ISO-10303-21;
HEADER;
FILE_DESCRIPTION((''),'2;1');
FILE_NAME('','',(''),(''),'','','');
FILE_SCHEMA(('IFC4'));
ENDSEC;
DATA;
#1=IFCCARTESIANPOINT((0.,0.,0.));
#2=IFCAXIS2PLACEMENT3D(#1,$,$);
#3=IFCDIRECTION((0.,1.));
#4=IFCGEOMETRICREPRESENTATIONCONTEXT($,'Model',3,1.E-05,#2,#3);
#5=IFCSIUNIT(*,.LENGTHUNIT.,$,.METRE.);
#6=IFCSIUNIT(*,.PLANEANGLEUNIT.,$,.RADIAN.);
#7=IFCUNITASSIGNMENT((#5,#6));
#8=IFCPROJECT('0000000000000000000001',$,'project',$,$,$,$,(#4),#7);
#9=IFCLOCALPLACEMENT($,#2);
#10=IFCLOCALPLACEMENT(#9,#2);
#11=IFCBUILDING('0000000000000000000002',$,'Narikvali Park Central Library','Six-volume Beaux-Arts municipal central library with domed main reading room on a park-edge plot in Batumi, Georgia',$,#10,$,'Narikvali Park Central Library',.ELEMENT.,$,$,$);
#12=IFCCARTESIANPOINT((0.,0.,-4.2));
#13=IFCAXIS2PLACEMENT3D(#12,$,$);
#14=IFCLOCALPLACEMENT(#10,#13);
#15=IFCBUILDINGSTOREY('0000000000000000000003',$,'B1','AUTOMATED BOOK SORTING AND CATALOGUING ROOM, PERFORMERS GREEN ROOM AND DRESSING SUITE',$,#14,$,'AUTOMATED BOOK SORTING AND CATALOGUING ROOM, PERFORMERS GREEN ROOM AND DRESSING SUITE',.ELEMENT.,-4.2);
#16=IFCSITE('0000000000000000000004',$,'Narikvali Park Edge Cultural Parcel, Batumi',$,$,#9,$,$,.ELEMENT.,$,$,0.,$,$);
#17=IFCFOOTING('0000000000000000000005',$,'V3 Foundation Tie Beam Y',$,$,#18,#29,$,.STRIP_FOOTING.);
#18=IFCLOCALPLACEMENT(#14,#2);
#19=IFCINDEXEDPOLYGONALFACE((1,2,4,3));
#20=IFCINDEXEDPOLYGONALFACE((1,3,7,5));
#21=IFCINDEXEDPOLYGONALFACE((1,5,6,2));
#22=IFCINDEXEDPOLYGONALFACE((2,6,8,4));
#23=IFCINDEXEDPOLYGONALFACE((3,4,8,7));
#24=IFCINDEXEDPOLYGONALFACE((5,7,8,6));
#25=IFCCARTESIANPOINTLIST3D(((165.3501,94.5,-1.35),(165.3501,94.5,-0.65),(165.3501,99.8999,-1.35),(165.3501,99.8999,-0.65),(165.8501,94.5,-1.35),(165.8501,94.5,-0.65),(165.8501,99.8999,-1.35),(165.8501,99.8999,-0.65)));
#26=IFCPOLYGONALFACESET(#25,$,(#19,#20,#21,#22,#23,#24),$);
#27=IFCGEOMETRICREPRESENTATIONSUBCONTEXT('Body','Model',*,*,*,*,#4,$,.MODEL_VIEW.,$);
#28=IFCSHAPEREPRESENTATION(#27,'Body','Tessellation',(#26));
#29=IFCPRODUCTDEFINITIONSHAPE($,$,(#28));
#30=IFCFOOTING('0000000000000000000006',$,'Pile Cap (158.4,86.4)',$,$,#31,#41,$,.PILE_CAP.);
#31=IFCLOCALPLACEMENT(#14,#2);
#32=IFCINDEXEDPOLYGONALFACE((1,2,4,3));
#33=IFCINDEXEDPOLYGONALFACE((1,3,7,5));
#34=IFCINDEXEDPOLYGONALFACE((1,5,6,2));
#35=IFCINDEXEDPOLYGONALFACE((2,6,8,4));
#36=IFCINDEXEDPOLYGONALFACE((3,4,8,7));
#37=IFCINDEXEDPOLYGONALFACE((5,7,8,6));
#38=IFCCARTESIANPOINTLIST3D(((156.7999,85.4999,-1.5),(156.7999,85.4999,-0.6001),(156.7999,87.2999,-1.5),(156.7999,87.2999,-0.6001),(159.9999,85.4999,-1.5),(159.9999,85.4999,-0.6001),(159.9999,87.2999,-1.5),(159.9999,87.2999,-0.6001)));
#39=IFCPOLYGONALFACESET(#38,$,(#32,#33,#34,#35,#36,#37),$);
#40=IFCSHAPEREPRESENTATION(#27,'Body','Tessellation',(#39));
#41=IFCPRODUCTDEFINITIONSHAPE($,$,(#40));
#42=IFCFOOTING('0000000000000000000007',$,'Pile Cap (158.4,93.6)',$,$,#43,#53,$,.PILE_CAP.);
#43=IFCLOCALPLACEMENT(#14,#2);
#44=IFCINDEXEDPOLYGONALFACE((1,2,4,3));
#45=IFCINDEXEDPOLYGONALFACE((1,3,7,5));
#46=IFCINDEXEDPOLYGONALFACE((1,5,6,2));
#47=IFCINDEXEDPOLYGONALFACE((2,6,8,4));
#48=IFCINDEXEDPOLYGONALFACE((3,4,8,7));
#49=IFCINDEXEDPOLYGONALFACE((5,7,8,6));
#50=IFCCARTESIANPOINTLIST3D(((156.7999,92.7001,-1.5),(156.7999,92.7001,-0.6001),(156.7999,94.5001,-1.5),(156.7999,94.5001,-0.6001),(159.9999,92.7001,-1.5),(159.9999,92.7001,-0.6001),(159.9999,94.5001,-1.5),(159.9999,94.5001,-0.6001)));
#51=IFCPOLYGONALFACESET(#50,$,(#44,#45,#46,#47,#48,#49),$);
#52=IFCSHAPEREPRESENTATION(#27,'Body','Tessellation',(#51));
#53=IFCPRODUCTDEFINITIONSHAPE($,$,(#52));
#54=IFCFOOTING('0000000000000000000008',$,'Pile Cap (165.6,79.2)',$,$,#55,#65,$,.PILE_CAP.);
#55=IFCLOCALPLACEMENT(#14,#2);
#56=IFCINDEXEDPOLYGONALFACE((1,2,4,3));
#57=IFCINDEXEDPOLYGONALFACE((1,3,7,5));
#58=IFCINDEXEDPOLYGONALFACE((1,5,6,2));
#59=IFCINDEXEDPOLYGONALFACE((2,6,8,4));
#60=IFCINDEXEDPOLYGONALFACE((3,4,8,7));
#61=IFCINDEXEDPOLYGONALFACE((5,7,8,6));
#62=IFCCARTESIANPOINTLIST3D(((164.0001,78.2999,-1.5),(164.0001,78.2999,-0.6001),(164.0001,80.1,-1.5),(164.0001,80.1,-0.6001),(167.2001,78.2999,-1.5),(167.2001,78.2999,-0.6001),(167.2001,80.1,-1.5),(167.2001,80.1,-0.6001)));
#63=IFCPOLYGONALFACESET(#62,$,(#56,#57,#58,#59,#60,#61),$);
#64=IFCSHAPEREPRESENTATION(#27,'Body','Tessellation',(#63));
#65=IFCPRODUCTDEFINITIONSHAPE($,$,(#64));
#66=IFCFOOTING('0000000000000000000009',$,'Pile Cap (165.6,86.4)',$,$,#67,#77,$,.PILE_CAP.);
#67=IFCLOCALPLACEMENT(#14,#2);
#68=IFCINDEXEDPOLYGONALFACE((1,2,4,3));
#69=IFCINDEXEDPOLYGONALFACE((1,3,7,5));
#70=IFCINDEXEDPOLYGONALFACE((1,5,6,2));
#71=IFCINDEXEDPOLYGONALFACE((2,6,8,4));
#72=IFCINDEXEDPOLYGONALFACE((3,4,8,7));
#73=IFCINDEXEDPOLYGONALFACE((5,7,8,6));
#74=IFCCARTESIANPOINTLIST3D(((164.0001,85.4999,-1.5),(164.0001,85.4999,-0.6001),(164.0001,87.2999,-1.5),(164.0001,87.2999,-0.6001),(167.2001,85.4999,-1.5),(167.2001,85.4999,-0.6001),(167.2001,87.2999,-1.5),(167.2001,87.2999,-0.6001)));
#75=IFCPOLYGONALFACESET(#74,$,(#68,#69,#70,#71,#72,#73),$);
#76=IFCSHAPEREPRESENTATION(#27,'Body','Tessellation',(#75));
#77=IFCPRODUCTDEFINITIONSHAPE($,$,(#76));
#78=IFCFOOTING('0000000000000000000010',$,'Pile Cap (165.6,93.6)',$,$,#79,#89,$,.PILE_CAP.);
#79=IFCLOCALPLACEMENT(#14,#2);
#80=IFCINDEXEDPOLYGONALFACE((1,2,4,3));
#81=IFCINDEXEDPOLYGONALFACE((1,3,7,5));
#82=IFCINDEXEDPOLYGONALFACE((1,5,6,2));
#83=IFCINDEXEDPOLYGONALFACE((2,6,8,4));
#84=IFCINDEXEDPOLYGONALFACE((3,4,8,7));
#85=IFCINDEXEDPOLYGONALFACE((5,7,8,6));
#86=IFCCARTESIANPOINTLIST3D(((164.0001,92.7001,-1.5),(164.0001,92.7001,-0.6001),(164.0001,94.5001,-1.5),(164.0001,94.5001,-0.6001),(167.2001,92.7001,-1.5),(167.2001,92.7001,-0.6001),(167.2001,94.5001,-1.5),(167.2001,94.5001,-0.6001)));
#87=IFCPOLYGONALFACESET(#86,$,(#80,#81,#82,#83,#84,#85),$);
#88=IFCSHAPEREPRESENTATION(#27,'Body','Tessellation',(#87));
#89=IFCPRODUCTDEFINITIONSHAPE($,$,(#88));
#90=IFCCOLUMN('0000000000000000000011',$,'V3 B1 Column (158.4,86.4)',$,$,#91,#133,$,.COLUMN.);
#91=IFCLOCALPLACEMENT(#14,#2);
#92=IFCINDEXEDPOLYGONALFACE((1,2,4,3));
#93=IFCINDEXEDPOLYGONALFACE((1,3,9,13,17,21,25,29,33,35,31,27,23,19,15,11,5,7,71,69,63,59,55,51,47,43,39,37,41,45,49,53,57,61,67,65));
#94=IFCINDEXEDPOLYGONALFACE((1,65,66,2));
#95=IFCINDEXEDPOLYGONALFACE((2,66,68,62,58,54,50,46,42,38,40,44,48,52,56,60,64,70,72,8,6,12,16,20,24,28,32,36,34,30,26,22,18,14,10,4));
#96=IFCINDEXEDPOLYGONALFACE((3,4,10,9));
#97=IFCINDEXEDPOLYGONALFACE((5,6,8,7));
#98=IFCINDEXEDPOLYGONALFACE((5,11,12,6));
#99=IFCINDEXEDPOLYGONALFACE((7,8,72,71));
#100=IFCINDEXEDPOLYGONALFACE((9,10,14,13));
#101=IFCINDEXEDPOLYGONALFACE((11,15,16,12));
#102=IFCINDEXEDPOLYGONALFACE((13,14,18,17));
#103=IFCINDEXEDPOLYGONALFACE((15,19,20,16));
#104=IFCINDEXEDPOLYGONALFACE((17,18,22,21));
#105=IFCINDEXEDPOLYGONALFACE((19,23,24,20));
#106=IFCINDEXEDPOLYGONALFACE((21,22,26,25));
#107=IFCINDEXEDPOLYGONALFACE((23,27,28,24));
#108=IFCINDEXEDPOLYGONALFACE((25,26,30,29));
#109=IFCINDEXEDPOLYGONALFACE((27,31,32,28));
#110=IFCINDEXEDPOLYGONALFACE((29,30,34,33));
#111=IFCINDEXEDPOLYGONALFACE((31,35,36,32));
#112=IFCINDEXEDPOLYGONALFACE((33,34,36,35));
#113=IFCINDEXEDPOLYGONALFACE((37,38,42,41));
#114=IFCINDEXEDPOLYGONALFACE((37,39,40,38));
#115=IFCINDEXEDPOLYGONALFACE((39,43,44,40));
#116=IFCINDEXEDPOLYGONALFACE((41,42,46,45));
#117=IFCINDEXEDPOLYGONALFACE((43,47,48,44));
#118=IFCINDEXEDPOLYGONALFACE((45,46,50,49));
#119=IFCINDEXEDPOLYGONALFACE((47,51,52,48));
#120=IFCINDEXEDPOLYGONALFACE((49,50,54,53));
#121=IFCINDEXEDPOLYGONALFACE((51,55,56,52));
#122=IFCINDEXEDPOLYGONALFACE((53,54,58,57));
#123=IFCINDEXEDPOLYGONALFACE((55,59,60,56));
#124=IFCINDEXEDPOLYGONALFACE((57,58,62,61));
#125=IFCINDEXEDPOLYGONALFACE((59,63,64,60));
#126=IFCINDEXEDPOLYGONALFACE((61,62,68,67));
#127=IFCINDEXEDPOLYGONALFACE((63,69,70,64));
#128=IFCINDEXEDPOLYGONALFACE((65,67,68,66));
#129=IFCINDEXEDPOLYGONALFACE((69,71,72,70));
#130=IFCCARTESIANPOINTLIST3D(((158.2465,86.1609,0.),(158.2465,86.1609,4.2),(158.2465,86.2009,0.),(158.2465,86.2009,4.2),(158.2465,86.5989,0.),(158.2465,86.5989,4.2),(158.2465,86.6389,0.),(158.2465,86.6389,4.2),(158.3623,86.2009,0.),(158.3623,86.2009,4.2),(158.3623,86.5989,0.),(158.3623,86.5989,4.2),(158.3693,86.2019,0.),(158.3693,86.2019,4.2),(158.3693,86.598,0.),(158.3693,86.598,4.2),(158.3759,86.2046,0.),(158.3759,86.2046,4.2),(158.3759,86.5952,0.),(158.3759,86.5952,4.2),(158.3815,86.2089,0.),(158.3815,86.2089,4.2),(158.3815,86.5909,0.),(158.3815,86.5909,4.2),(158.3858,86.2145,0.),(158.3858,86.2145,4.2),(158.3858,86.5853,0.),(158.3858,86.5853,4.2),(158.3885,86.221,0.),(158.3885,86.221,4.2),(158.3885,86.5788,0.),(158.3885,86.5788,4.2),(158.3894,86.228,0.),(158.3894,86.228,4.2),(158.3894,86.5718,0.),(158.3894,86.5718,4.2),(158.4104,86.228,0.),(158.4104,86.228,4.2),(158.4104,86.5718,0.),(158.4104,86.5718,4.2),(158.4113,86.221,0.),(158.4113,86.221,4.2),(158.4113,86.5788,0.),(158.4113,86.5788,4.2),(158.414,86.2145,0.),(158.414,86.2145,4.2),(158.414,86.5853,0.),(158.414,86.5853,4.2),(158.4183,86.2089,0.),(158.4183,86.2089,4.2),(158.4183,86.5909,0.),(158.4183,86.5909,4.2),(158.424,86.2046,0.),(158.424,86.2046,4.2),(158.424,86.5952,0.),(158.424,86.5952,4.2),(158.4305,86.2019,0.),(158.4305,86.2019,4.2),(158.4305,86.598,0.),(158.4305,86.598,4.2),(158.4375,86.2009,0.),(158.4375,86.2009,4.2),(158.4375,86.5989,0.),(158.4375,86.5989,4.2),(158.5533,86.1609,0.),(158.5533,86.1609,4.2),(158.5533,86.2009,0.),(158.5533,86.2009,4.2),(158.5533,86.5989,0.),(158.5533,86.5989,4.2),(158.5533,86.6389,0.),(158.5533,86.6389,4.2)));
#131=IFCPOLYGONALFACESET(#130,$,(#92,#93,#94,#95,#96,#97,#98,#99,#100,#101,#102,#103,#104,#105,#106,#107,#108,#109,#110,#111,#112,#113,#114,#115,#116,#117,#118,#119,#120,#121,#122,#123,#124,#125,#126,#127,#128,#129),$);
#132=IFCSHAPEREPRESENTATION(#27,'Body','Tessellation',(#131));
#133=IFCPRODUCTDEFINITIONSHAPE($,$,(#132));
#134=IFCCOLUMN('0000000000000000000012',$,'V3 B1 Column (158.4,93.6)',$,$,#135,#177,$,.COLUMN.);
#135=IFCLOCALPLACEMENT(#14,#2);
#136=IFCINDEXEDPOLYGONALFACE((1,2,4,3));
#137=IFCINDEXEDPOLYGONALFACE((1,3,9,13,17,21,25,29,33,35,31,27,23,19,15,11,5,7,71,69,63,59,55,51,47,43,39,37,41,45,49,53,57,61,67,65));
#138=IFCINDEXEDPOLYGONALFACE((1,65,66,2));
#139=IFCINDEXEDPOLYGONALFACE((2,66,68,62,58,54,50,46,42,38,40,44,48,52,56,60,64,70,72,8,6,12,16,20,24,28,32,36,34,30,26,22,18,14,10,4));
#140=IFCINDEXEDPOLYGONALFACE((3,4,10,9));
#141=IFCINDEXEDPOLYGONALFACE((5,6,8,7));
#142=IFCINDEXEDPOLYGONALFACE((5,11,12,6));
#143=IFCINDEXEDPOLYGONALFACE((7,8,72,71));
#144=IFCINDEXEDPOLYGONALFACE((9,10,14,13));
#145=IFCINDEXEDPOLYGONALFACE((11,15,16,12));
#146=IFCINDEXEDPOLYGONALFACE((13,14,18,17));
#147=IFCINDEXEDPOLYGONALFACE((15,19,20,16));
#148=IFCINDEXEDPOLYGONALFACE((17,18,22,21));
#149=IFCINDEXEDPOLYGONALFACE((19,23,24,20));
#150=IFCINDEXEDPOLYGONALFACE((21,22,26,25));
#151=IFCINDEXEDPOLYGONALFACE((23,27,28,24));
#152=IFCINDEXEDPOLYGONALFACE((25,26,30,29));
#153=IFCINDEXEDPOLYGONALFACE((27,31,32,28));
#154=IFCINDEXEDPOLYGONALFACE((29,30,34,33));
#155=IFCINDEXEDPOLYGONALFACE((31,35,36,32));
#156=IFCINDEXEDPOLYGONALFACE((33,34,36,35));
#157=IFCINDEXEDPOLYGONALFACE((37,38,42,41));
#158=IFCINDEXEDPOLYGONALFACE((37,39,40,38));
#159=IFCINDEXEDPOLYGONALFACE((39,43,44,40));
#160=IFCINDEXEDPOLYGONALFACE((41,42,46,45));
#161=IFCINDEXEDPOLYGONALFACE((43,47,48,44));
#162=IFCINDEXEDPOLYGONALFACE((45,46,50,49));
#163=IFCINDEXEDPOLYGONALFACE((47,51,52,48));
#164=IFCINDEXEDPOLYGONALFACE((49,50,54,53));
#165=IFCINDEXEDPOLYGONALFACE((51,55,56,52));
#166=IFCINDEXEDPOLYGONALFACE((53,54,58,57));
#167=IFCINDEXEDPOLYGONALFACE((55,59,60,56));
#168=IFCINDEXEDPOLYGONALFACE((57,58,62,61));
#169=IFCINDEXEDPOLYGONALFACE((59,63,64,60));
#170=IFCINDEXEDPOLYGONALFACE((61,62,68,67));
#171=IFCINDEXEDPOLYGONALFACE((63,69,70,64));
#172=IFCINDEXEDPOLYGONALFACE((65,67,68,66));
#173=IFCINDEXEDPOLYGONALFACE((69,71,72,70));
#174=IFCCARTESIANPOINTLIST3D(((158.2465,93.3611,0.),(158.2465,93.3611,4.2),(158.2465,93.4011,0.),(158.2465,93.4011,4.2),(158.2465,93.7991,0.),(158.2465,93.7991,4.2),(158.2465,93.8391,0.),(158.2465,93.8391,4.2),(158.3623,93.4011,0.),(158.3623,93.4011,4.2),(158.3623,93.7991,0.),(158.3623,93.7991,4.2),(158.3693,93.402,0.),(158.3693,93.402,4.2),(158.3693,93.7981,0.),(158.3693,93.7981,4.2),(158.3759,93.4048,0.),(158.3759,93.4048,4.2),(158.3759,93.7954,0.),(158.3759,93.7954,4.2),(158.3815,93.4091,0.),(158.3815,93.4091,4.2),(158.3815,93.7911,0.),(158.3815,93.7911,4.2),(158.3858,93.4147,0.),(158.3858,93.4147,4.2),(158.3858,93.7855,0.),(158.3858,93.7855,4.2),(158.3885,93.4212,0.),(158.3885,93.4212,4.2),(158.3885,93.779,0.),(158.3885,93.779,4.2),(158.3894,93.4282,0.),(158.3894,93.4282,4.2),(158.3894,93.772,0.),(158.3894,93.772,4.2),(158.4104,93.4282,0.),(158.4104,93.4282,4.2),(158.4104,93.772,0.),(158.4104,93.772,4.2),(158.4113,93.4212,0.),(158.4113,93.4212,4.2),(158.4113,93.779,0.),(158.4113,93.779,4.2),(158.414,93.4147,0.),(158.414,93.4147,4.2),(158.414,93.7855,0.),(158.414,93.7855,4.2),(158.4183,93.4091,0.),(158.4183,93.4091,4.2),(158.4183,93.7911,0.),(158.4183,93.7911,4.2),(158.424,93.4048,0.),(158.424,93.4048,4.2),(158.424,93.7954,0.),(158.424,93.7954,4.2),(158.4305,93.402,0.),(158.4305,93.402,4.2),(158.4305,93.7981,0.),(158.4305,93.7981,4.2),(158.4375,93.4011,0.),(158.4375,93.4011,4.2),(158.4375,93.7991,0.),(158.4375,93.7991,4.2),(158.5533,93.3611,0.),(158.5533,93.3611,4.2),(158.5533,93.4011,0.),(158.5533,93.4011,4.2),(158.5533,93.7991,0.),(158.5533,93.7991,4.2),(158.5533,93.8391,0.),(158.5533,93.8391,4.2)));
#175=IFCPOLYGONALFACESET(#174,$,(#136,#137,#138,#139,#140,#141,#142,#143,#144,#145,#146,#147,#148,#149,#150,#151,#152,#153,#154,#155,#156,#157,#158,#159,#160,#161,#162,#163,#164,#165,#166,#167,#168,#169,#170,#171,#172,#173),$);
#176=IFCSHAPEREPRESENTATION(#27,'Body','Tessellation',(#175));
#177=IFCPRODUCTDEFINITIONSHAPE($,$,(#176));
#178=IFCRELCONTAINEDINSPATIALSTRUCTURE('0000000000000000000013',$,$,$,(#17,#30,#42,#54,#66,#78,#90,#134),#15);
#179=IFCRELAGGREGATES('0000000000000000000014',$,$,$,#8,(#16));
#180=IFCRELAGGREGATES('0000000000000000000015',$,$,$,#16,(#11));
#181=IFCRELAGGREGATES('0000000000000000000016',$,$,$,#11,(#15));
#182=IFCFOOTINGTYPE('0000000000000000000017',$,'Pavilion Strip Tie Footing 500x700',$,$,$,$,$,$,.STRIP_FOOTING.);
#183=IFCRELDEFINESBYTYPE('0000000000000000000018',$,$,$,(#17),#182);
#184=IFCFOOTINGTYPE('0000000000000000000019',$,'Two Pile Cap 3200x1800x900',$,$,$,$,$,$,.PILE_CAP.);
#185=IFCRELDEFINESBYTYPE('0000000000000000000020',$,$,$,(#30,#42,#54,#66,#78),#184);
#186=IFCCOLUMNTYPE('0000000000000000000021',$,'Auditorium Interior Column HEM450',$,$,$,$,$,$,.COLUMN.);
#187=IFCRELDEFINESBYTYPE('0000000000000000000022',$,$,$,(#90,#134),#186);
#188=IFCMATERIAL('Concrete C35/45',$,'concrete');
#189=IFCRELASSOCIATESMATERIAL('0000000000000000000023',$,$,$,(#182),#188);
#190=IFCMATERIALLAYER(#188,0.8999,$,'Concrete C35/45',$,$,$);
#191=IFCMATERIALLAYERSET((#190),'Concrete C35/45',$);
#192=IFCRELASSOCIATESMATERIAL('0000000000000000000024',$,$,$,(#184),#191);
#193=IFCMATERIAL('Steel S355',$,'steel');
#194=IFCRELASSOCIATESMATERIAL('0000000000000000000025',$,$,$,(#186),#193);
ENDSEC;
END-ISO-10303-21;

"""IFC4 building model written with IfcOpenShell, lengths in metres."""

from ifc_helpers import new_model, si_unit, direction, frame, origin, origin_2d, place, context, subcontext, project, spatial, rectangle, i_section, extrude, material, layer, layer_set, material_profile, profile_set, type_object, element, save


model = new_model("IFC4")

# Units and contexts
model_context = context("Model", 3, precision=1e-05, world=origin(), true_north=direction((0.0, 1.0)))
body_context = subcontext(model_context, "Body", "Model", "MODEL_VIEW")
ifc_project = project(units=[si_unit("LENGTHUNIT", "METRE"), si_unit("PLANEANGLEUNIT", "RADIAN")], contexts=[model_context])

# Site, building, storey
site_placement = place(None, origin())
site = spatial("IfcSite", under=ifc_project, at=site_placement, Name="Narikvali Park Edge Cultural Parcel, Batumi", CompositionType="ELEMENT", RefElevation=0.0)
building_placement = place(site_placement, origin())
building = spatial("IfcBuilding", under=site, at=building_placement, Name="Narikvali Park Central Library", Description="Six-volume Beaux-Arts municipal central library with domed main reading room on a park-edge plot in Batumi, Georgia", LongName="Narikvali Park Central Library", CompositionType="ELEMENT")
storey_placement = place(building_placement, frame((0.0, 0.0, -4.2)))
storey = spatial("IfcBuildingStorey", under=building, at=storey_placement, Name="B1", Description="AUTOMATED BOOK SORTING AND CATALOGUING ROOM, PERFORMERS GREEN ROOM AND DRESSING SUITE", LongName="AUTOMATED BOOK SORTING AND CATALOGUING ROOM, PERFORMERS GREEN ROOM AND DRESSING SUITE", CompositionType="ELEMENT", Elevation=-4.2)

# Shared definitions
ifc_material_1 = material(Name="Concrete C35/45", Category="concrete")

# Footings
ifc_material_profile_1 = material_profile(ifc_material_1, rectangle(XDim=0.5, YDim=0.7, at=origin_2d()), Name="RC GB 500x700")
ifc_profile_set_1 = profile_set([ifc_material_profile_1], Name="Concrete C35/45")
footing_type_1 = type_object("IfcFootingType", Name="Pavilion Strip Tie Footing 500x700", PredefinedType="STRIP_FOOTING", material=ifc_profile_set_1)
for number, where, z_axis, x_axis, name in (
    (1, (165.6001, 94.5, -1.0), (0.0, 1.0, 0.0), (-1.0, 0.0, 0.0), "V3 Foundation Tie Beam Y"),
):
    element("IfcFooting", number, at=place(storey_placement, frame(where, z_axis=z_axis, x_axis=x_axis)), inside=storey, type_object=footing_type_1, Name=name, PredefinedType="STRIP_FOOTING", context=body_context, shape_type="SweptSolid", body=[
        extrude(rectangle(XDim=0.5, YDim=0.7, at=origin_2d()), origin(), (0.0, 0.0, 1.0), 5.3999),
    ])
ifc_layer_1 = layer(ifc_material_1, 0.8999, Name="Concrete C35/45")
ifc_layer_set_1 = layer_set([ifc_layer_1], Name="Concrete C35/45")
footing_type_2 = type_object("IfcFootingType", Name="Two Pile Cap 3200x1800x900", PredefinedType="PILE_CAP", material=ifc_layer_set_1)
for number, where, z_axis, x_axis, name in (
    (2, (158.3999, 86.3999, -1.5), (0.0, 0.0, 1.0), (1.0, 0.0, 0.0), "Pile Cap (158.4,86.4)"),
    (3, (158.3999, 93.6001, -1.5), (0.0, 0.0, 1.0), (1.0, 0.0, 0.0), "Pile Cap (158.4,93.6)"),
    (4, (165.6001, 79.2, -1.5), (0.0, 0.0, 1.0), (1.0, 0.0, 0.0), "Pile Cap (165.6,79.2)"),
    (5, (165.6001, 86.3999, -1.5), (0.0, 0.0, 1.0), (1.0, 0.0, 0.0), "Pile Cap (165.6,86.4)"),
    (6, (165.6001, 93.6001, -1.5), (0.0, 0.0, 1.0), (1.0, 0.0, 0.0), "Pile Cap (165.6,93.6)"),
):
    element("IfcFooting", number, at=place(storey_placement, frame(where, z_axis=z_axis, x_axis=x_axis)), inside=storey, type_object=footing_type_2, Name=name, PredefinedType="PILE_CAP", context=body_context, shape_type="SweptSolid", body=[
        extrude(rectangle(XDim=3.2, YDim=1.8, at=origin_2d()), origin(), (0.0, 0.0, 1.0), 0.8999),
    ])

# Columns
ifc_material_2 = material(Name="Steel S355", Category="steel")
ifc_material_profile_2 = material_profile(ifc_material_2, i_section(OverallWidth=0.3069, OverallDepth=0.478, WebThickness=0.021, FlangeThickness=0.04, FilletRadius=0.0271, at=origin_2d()), Name="HEM 450")
ifc_profile_set_2 = profile_set([ifc_material_profile_2], Name="Steel S355")
column_type_1 = type_object("IfcColumnType", Name="Auditorium Interior Column HEM450", PredefinedType="COLUMN", material=ifc_profile_set_2)
for number, where, z_axis, x_axis, name in (
    (7, (158.3999, 86.3999, 0.0), (0.0, 0.0, 1.0), (1.0, 0.0, 0.0), "V3 B1 Column (158.4,86.4)"),
    (8, (158.3999, 93.6001, 0.0), (0.0, 0.0, 1.0), (1.0, 0.0, 0.0), "V3 B1 Column (158.4,93.6)"),
):
    element("IfcColumn", number, at=place(storey_placement, frame(where, z_axis=z_axis, x_axis=x_axis)), inside=storey, type_object=column_type_1, Name=name, PredefinedType="COLUMN", context=body_context, shape_type="SweptSolid", body=[
        extrude(i_section(OverallWidth=0.3069, OverallDepth=0.478, WebThickness=0.021, FlangeThickness=0.04, FilletRadius=0.0271, at=origin_2d()), origin(), (0.0, 0.0, 1.0), 4.2),
    ])

save(model, "model.ifc")
